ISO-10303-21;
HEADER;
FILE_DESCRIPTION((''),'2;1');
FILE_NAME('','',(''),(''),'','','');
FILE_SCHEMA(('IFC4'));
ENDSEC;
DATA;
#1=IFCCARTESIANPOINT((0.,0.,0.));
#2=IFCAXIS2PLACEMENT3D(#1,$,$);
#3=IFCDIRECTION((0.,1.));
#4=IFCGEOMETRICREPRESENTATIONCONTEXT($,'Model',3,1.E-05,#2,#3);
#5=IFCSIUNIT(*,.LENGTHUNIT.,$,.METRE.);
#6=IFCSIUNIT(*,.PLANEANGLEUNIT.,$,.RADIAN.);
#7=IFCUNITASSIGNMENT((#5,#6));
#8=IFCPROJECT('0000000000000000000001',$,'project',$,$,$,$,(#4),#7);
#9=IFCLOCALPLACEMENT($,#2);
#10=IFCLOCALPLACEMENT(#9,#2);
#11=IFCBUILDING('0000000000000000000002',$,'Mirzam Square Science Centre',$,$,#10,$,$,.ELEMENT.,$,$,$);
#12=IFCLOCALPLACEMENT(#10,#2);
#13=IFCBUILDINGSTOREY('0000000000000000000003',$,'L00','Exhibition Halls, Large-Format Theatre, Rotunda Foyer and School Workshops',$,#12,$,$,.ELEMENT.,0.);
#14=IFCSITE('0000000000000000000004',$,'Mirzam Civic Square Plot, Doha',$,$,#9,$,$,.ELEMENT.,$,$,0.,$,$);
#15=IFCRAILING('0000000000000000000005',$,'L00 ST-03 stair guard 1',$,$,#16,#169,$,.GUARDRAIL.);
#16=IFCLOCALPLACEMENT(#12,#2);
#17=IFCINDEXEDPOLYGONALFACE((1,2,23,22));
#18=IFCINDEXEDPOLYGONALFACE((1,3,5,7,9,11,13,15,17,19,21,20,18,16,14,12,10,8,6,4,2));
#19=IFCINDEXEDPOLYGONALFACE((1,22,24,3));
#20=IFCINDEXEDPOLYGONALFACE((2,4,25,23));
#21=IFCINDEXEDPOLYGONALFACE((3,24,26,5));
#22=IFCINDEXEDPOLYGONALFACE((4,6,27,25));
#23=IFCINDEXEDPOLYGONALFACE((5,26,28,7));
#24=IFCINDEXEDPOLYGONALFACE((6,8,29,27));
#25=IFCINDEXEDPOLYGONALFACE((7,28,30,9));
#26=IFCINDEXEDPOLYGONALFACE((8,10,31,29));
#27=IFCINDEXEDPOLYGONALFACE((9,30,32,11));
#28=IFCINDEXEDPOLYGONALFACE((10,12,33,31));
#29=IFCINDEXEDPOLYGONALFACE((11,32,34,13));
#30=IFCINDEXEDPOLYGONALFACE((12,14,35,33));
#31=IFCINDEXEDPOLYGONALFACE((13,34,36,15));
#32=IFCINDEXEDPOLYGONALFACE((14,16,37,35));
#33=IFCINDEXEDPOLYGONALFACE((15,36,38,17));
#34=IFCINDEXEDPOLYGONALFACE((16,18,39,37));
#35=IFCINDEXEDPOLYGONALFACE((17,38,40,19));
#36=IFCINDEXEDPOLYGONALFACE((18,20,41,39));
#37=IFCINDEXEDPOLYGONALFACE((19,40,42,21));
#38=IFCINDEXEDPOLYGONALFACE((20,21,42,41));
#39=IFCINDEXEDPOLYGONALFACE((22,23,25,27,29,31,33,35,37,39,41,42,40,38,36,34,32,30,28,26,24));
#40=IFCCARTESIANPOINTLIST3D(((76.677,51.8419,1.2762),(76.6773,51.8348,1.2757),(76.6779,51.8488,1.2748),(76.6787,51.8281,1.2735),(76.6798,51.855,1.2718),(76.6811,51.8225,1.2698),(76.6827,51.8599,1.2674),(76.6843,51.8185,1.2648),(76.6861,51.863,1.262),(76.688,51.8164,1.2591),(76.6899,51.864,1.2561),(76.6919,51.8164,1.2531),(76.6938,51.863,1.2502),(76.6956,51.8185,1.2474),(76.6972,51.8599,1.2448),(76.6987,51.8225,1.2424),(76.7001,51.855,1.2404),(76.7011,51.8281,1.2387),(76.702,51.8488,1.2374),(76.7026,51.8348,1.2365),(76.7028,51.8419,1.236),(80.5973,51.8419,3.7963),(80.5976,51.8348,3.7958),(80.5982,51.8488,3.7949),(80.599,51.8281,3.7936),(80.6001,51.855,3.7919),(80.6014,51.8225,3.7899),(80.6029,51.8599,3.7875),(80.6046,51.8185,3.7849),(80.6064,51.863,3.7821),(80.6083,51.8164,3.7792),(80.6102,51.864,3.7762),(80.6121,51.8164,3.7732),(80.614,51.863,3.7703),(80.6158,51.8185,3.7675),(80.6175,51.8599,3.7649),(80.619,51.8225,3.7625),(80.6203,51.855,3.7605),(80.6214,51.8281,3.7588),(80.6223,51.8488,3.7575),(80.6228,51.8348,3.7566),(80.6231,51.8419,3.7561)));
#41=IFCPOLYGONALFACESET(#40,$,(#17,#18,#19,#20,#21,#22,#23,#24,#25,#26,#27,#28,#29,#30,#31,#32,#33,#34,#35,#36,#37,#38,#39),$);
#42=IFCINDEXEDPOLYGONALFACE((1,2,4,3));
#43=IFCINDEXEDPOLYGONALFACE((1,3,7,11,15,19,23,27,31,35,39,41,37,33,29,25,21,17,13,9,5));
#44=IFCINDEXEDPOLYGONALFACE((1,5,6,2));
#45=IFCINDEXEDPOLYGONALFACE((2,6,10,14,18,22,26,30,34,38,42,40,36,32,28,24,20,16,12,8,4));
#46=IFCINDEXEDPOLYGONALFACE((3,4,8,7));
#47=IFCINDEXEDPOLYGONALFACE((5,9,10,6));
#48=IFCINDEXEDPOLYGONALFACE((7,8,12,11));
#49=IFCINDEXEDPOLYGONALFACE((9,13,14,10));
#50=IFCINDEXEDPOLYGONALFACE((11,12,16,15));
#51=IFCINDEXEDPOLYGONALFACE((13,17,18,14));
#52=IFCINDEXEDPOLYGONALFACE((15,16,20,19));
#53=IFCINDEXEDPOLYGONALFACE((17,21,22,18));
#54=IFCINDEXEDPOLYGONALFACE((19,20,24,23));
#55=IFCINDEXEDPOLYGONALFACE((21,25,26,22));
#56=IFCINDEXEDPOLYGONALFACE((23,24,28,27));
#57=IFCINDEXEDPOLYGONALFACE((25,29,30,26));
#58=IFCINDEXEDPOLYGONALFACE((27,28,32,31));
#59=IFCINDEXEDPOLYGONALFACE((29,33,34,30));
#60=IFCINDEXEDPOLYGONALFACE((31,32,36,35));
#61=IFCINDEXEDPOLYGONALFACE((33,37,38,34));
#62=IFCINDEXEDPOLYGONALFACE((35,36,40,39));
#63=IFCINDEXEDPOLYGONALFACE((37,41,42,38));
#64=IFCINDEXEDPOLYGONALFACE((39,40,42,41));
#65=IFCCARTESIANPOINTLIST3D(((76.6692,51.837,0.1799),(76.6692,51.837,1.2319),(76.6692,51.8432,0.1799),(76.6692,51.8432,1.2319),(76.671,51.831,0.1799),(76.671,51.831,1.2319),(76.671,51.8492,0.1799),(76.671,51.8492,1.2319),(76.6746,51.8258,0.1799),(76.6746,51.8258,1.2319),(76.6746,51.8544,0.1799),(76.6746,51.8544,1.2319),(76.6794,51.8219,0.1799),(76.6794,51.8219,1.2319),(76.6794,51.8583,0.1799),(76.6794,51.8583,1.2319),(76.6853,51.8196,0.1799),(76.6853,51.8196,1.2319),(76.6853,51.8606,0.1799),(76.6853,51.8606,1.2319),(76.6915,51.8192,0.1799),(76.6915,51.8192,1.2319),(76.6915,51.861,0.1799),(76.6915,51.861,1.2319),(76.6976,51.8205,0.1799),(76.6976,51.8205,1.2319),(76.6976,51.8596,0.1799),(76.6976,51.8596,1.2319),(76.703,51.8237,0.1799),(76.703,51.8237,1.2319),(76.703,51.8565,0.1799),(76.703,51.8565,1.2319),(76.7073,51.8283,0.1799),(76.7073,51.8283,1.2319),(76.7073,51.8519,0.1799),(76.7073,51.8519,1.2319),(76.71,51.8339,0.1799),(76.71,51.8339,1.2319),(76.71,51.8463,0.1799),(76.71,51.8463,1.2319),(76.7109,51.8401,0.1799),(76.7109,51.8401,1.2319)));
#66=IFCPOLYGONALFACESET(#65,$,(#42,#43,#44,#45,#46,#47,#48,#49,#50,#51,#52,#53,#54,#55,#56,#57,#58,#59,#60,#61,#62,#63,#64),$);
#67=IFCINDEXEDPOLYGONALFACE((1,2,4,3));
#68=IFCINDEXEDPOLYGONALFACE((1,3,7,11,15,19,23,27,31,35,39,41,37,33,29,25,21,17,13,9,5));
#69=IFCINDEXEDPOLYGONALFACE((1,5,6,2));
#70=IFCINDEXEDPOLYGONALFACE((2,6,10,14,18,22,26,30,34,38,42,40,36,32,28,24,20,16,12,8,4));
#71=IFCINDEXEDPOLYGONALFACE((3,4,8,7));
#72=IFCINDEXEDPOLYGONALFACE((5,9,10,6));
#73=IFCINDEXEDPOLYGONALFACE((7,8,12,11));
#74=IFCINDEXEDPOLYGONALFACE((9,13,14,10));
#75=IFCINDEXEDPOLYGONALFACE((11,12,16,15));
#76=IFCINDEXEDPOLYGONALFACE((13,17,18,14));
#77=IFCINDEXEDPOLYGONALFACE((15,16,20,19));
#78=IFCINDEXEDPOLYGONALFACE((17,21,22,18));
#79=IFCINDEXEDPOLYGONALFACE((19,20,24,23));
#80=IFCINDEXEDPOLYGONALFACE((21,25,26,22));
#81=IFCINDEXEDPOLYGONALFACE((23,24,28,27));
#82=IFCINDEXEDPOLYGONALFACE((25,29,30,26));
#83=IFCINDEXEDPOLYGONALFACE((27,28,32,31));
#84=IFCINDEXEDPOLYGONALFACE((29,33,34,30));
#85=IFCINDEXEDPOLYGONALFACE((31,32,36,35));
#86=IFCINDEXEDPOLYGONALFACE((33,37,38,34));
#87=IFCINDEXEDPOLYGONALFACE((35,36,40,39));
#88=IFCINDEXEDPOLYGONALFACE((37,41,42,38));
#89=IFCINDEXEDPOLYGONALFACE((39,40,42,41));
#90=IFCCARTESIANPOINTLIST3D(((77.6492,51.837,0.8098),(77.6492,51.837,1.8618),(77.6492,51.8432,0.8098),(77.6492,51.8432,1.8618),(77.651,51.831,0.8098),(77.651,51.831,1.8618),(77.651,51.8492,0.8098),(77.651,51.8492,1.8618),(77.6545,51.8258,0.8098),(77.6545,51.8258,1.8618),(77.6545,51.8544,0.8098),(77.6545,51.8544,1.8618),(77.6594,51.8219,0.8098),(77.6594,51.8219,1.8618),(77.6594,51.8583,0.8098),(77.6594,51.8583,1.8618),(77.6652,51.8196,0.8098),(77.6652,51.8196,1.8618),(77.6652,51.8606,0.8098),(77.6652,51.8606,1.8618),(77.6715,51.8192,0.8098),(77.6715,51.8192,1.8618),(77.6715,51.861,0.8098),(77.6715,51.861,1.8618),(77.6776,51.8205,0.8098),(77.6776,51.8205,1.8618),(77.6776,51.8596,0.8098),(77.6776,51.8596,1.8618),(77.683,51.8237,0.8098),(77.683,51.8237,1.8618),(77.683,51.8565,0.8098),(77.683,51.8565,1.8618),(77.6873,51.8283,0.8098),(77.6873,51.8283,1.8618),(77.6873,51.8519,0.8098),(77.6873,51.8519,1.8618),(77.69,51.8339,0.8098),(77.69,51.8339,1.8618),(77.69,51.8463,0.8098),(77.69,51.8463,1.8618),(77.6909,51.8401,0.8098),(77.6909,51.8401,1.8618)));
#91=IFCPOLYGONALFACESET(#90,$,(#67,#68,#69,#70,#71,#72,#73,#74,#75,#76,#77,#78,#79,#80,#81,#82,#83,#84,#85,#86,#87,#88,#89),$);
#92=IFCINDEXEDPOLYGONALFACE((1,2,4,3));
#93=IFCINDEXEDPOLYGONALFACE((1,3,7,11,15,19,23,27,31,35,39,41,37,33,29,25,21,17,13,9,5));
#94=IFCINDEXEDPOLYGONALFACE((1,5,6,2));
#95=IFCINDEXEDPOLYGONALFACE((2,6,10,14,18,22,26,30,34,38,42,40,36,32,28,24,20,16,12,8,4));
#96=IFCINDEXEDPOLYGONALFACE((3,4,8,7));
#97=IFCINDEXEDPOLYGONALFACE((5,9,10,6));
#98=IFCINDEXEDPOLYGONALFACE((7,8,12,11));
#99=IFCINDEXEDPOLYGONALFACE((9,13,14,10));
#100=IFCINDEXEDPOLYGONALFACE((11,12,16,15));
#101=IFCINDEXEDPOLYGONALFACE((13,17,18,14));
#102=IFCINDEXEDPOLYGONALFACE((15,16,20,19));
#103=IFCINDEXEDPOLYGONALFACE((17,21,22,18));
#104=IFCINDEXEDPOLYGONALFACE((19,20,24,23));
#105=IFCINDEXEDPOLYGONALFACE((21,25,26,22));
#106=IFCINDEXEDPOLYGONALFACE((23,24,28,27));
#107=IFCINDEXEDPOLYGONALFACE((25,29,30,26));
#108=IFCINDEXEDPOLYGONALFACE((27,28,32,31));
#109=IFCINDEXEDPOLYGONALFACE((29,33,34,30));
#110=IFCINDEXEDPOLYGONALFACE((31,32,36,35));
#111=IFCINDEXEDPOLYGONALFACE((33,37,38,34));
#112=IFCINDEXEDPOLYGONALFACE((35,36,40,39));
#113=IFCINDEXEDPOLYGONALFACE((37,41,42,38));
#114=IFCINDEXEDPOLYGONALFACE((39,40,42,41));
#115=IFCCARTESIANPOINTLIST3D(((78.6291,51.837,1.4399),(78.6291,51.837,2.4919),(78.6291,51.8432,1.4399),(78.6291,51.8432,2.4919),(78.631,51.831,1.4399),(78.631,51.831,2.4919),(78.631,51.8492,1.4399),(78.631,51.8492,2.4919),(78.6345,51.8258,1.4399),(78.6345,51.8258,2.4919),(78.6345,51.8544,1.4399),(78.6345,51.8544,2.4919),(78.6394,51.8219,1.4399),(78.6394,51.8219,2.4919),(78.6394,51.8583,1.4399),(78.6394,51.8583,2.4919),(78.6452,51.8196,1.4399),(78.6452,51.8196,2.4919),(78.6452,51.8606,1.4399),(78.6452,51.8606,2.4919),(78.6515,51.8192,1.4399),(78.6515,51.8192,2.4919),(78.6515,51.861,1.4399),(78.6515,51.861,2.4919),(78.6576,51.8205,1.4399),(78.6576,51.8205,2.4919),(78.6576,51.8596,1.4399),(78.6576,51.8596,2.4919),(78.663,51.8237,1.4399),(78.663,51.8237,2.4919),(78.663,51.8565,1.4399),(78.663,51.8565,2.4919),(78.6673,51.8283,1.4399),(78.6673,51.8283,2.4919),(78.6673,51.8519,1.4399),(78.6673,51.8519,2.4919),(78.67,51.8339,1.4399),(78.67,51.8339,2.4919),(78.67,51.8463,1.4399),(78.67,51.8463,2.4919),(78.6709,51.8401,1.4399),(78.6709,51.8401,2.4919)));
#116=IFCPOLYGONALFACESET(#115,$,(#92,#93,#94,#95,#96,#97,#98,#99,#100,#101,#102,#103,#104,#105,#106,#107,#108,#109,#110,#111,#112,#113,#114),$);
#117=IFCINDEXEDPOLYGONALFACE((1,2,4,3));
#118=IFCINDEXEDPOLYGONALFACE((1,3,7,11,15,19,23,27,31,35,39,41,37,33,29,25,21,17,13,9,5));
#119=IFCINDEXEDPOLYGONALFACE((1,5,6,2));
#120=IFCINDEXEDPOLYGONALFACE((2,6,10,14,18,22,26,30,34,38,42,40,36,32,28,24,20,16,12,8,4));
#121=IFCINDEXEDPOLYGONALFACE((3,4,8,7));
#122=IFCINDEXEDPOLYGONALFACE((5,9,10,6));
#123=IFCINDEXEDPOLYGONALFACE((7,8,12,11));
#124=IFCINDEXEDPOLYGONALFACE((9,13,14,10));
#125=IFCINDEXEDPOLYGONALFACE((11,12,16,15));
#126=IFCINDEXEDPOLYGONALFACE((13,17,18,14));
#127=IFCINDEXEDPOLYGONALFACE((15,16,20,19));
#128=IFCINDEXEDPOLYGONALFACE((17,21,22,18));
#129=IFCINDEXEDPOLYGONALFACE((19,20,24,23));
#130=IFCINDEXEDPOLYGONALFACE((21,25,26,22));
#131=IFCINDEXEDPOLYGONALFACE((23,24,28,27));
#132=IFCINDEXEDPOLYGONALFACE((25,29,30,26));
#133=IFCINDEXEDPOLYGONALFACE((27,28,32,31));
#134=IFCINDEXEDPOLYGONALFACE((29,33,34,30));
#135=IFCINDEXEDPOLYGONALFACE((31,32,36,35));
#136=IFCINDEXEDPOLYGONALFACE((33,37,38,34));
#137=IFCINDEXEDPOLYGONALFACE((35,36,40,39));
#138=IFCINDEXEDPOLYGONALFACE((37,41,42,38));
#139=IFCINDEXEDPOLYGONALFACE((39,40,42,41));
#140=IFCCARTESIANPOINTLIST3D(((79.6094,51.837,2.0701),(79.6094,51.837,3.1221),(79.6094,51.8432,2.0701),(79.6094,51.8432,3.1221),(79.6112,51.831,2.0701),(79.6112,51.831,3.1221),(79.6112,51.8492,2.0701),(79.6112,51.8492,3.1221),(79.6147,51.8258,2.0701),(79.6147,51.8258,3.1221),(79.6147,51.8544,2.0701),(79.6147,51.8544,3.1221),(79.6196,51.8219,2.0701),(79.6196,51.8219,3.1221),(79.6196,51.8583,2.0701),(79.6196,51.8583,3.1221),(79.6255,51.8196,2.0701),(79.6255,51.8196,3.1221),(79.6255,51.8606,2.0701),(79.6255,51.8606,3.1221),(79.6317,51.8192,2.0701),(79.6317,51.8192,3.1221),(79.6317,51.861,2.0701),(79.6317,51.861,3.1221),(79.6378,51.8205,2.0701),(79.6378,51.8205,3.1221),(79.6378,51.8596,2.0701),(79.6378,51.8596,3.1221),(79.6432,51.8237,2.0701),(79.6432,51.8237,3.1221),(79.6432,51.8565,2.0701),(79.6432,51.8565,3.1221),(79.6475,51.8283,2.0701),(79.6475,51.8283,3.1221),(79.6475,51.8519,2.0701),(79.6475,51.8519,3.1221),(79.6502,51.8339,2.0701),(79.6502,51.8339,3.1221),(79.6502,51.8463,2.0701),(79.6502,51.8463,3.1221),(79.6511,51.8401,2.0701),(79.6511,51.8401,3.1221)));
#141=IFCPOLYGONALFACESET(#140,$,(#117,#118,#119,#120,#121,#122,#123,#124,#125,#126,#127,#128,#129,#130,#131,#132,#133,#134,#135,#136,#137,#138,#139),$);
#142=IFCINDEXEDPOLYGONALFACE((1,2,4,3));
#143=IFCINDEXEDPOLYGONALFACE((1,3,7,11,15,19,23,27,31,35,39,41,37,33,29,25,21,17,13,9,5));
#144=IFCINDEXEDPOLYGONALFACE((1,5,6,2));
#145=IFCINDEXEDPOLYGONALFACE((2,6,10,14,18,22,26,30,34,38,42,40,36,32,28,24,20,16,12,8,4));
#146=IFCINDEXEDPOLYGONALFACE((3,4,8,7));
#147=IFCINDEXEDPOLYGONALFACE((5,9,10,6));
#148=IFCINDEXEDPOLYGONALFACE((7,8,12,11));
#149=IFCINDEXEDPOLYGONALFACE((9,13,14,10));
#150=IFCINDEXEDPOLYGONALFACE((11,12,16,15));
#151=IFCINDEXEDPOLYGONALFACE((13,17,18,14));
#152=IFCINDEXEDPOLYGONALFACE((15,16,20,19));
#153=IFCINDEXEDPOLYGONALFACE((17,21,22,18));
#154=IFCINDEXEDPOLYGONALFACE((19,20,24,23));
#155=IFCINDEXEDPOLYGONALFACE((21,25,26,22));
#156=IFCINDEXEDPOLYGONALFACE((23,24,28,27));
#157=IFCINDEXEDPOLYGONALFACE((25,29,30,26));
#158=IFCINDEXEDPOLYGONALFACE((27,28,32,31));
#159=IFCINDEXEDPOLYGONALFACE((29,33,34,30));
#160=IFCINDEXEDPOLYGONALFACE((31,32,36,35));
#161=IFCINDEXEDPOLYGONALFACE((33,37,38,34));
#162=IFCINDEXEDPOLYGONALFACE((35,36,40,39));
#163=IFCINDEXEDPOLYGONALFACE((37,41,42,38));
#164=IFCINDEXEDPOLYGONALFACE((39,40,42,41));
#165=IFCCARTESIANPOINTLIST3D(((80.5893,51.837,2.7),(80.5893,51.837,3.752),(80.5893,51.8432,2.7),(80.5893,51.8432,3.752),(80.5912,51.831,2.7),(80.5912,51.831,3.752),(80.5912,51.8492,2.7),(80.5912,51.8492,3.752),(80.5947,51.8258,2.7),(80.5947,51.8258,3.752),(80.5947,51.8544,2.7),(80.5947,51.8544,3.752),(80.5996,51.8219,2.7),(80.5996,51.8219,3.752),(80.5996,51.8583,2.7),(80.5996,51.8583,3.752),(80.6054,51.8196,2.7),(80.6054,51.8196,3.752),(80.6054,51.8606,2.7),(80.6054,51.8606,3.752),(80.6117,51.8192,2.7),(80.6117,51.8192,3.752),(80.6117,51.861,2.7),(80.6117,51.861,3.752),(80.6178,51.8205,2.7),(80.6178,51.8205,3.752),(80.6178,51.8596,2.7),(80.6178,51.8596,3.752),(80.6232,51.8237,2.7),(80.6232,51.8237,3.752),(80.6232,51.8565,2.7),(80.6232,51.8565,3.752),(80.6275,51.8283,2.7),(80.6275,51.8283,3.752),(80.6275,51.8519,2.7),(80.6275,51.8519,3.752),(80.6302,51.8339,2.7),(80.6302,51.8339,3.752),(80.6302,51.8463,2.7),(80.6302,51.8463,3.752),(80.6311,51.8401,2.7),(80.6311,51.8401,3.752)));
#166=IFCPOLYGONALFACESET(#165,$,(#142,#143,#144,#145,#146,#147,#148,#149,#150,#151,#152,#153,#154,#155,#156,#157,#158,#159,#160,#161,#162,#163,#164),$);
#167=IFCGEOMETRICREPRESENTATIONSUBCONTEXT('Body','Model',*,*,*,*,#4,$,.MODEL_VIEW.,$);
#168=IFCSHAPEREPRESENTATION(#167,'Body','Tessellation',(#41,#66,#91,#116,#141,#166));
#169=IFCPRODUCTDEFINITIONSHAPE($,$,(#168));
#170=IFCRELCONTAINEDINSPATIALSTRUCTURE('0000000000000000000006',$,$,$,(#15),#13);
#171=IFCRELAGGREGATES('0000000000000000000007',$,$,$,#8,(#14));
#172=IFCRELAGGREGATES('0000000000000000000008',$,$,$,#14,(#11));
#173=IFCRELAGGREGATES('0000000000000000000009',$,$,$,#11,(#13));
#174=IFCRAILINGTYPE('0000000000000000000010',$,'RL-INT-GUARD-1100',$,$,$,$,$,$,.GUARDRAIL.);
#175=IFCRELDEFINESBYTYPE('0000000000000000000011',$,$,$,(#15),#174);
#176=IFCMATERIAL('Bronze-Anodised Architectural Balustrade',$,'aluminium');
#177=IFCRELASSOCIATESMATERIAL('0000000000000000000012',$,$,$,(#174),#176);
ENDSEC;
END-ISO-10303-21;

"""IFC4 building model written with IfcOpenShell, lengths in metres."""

from ifc_helpers import new_model, si_unit, direction, frame, origin, origin_2d, place, context, subcontext, project, spatial, circle, extrude, material, type_object, element, save


model = new_model("IFC4")

# Units and contexts
model_context = context("Model", 3, precision=1e-05, world=origin(), true_north=direction((0.0, 1.0)))
body_context = subcontext(model_context, "Body", "Model", "MODEL_VIEW")
ifc_project = project(units=[si_unit("LENGTHUNIT", "METRE"), si_unit("PLANEANGLEUNIT", "RADIAN")], contexts=[model_context])

# Site, building, storey
site_placement = place(None, origin())
site = spatial("IfcSite", under=ifc_project, at=site_placement, Name="Mirzam Civic Square Plot, Doha", CompositionType="ELEMENT", RefElevation=0.0)
building_placement = place(site_placement, origin())
building = spatial("IfcBuilding", under=site, at=building_placement, Name="Mirzam Square Science Centre", CompositionType="ELEMENT")
storey_placement = place(building_placement, origin())
storey = spatial("IfcBuildingStorey", under=building, at=storey_placement, Name="L00", Description="Exhibition Halls, Large-Format Theatre, Rotunda Foyer and School Workshops", CompositionType="ELEMENT", Elevation=0.0)

# Railing
ifc_material_1 = material(Name="Bronze-Anodised Architectural Balustrade", Category="aluminium")
railing_type_1 = type_object("IfcRailingType", Name="RL-INT-GUARD-1100", PredefinedType="GUARDRAIL", material=ifc_material_1)
railing_1_placement = place(storey_placement, frame((76.6899, 51.8401, 0.1799)))
element("IfcRailing", 1, at=railing_1_placement, inside=storey, type_object=railing_type_1, Name="L00 ST-03 stair guard 1", PredefinedType="GUARDRAIL", context=body_context, shape_type="SweptSolid", body=[
    extrude(circle(Radius=0.0239, at=origin_2d()), frame((0.0, 0.0, 1.0762), z_axis=(0.841187, 0.0, 0.540744), x_axis=(0.0, 1.0, 0.0)), (0.0, 0.0, 1.0), 4.6604),
    extrude(circle(Radius=0.021, at=origin_2d()), origin(), (0.0, 0.0, 1.0), 1.052),
    extrude(circle(Radius=0.021, at=origin_2d()), frame((0.98, 0.0, 0.6299)), (0.0, 0.0, 1.0), 1.052),
    extrude(circle(Radius=0.021, at=origin_2d()), frame((1.96, 0.0, 1.26)), (0.0, 0.0, 1.0), 1.052),
    extrude(circle(Radius=0.021, at=origin_2d()), frame((2.9402, 0.0, 1.8901)), (0.0, 0.0, 1.0), 1.052),
    extrude(circle(Radius=0.021, at=origin_2d()), frame((3.9202, 0.0, 2.52)), (0.0, 0.0, 1.0), 1.052),
])

save(model, "model.ifc")
